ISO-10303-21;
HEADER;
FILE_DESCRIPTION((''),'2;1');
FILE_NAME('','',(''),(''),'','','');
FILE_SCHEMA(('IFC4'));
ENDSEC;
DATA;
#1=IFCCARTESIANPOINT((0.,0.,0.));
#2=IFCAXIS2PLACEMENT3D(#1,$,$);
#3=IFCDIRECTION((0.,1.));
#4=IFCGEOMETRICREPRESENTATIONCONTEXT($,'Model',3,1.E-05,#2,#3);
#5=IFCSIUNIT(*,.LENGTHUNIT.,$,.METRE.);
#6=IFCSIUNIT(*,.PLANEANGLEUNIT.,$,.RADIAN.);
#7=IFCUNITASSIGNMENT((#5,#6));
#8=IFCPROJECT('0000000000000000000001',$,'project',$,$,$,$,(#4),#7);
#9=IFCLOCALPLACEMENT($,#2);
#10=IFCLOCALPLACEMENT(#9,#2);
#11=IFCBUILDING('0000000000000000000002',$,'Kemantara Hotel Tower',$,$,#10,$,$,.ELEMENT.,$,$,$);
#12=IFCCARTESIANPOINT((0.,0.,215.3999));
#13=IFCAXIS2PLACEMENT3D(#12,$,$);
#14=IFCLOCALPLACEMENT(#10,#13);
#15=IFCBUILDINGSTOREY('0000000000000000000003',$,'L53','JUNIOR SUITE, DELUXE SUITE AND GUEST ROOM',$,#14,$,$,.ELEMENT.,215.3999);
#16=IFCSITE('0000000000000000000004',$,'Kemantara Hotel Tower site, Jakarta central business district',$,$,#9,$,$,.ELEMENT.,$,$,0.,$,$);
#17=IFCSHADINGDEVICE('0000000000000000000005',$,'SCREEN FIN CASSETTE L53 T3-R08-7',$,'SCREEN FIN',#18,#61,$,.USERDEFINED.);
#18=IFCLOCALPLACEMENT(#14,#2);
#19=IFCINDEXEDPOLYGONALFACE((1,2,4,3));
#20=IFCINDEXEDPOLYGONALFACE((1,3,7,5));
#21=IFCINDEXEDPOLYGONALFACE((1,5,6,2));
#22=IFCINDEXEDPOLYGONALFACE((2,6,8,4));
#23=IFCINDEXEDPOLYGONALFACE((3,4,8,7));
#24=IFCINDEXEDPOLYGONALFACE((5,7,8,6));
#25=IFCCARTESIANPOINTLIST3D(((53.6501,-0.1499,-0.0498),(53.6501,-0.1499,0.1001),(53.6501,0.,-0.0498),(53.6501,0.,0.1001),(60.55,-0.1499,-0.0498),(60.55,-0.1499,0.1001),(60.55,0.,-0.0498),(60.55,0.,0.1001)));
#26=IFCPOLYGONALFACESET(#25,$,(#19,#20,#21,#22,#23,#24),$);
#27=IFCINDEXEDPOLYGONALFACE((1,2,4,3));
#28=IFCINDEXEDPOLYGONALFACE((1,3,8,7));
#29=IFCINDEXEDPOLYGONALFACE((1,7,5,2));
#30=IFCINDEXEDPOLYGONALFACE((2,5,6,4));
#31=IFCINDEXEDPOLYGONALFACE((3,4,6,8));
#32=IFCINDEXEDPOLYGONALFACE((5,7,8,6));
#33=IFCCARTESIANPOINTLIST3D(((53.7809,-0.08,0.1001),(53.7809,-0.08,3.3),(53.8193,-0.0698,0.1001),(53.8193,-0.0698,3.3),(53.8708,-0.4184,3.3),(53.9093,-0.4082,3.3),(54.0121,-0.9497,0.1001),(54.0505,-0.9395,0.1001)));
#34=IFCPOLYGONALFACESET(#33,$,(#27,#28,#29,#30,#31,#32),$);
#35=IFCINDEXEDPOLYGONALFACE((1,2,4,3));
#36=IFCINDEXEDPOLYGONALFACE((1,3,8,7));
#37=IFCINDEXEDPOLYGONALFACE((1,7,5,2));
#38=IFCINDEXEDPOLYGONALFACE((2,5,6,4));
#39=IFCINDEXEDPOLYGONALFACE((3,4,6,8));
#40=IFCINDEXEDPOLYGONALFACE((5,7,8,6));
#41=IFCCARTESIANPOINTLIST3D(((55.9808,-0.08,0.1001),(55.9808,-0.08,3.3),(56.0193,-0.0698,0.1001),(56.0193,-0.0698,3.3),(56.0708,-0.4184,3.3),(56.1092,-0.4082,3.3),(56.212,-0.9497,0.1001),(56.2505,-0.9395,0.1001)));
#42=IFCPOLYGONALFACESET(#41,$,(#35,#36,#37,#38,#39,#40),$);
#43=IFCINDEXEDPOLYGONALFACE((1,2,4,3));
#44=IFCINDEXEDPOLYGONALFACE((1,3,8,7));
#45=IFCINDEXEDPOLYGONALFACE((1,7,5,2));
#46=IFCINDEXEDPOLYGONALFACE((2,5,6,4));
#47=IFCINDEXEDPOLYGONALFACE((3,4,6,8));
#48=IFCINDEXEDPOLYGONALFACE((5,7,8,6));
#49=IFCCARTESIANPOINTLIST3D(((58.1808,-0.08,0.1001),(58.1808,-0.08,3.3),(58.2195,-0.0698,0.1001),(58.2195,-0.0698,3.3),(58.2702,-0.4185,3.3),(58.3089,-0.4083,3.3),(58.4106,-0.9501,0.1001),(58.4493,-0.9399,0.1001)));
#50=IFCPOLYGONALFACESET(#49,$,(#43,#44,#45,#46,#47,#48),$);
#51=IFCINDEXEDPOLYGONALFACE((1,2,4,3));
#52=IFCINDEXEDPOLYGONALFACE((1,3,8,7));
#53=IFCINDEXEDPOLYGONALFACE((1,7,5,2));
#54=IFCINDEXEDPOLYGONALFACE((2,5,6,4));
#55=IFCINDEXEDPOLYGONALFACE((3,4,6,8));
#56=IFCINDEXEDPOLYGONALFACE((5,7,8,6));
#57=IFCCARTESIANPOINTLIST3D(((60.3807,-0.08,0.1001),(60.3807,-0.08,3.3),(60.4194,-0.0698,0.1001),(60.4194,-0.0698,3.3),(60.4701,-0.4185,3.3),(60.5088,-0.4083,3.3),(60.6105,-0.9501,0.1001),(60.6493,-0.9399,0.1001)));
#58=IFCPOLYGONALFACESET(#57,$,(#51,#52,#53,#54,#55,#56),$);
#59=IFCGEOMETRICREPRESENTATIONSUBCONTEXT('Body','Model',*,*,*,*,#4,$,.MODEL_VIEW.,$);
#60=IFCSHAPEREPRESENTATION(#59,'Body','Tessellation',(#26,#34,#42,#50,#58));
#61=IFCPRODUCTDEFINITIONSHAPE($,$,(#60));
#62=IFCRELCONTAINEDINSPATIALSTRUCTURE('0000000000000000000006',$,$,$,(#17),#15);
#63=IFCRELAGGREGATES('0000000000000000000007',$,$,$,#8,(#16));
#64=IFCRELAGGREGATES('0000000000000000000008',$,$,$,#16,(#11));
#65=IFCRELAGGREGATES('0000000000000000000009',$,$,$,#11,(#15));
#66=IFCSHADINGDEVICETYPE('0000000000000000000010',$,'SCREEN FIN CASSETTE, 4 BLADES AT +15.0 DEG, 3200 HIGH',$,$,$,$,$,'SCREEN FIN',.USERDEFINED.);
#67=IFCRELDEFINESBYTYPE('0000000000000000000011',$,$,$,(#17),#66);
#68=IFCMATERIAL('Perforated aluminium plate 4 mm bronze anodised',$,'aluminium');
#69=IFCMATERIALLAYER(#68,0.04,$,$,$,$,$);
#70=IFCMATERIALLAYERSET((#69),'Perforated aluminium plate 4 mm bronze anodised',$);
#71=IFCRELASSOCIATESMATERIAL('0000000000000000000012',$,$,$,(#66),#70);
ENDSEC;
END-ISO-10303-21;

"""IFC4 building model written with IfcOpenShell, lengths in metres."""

from ifc_helpers import new_model, si_unit, direction, frame, origin, origin_2d, place, context, subcontext, project, spatial, polyline, rectangle, outline, extrude, source, transform, mapped, material, layer, layer_set, type_object, element, save


model = new_model("IFC4")

# Units and contexts
model_context = context("Model", 3, precision=1e-05, world=origin(), true_north=direction((0.0, 1.0)))
body_context = subcontext(model_context, "Body", "Model", "MODEL_VIEW")
ifc_project = project(units=[si_unit("LENGTHUNIT", "METRE"), si_unit("PLANEANGLEUNIT", "RADIAN")], contexts=[model_context])

# Site, building, storey
site_placement = place(None, origin())
site = spatial("IfcSite", under=ifc_project, at=site_placement, Name="Kemantara Hotel Tower site, Jakarta central business district", CompositionType="ELEMENT", RefElevation=0.0)
building_placement = place(site_placement, origin())
building = spatial("IfcBuilding", under=site, at=building_placement, Name="Kemantara Hotel Tower", CompositionType="ELEMENT")
storey_placement = place(building_placement, frame((0.0, 0.0, 215.3999)))
storey = spatial("IfcBuildingStorey", under=building, at=storey_placement, Name="L53", Description="JUNIOR SUITE, DELUXE SUITE AND GUEST ROOM", CompositionType="ELEMENT", Elevation=215.3999)

# Shading device
ifc_material_1 = material(Name="Perforated aluminium plate 4 mm bronze anodised", Category="aluminium")
ifc_layer_1 = layer(ifc_material_1, 0.04)
ifc_layer_set_1 = layer_set([ifc_layer_1], Name="Perforated aluminium plate 4 mm bronze anodised")
shading_device_type = type_object("IfcShadingDeviceType", Name="SCREEN FIN CASSETTE, 4 BLADES AT +15.0 DEG, 3200 HIGH", ElementType="SCREEN FIN", PredefinedType="USERDEFINED", material=ifc_layer_set_1)
shared_shape = source(origin(), body_context, "Body", "SweptSolid", [
    extrude(rectangle(XDim=6.8999, YDim=0.1499, at=origin_2d()), frame((3.3, -0.075, -0.1499), z_axis=(0.0, 0.0, 1.0), x_axis=(1.0, 0.0, 0.0)), (0.0, 0.0, 1.0), 0.1499),
    extrude(outline(polyline([(0.0, 0.0), (0.8999, 0.0), (0.3501, 3.2), (0.0, 3.2), (0.0, 0.0)])), frame((0.0193, -0.0698, 0.0), z_axis=(-0.966438, -0.256901, 0.0), x_axis=(0.256901, -0.966438, 0.0)), (0.0, 0.0, 1.0), 0.0398),
    extrude(outline(polyline([(0.0, 0.0), (0.8999, 0.0), (0.3501, 3.2), (0.0, 3.2), (0.0, 0.0)])), frame((2.2192, -0.0698, 0.0), z_axis=(-0.966438, -0.256901, 0.0), x_axis=(0.256901, -0.966438, 0.0)), (0.0, 0.0, 1.0), 0.0398),
    extrude(outline(polyline([(0.0, 0.0), (0.8999, 0.0), (0.3501, 3.2), (0.0, 3.2), (0.0, 0.0)])), frame((4.4194, -0.0698, 0.0), z_axis=(-0.966838, -0.255391, 0.0), x_axis=(0.255391, -0.966838, 0.0)), (0.0, 0.0, 1.0), 0.04),
    extrude(outline(polyline([(0.0, 0.0), (0.8999, 0.0), (0.3501, 3.2), (0.0, 3.2), (0.0, 0.0)])), frame((6.6194, -0.0698, 0.0), z_axis=(-0.966838, -0.255391, 0.0), x_axis=(0.255391, -0.966838, 0.0)), (0.0, 0.0, 1.0), 0.04),
])
shading_device_placement = place(storey_placement, frame((53.8, 0.0, 0.1001), z_axis=(0.0, 0.0, 1.0), x_axis=(1.0, 0.0, 0.0)))
element("IfcShadingDevice", 1, at=shading_device_placement, inside=storey, type_object=shading_device_type, Name="SCREEN FIN CASSETTE L53 T3-R08-7", ObjectType="SCREEN FIN", PredefinedType="USERDEFINED", context=body_context, shape_type="MappedRepresentation", body=[
    mapped(shared_shape, transform((0.0, 0.0, 0.0))),
])

save(model, "model.ifc")
